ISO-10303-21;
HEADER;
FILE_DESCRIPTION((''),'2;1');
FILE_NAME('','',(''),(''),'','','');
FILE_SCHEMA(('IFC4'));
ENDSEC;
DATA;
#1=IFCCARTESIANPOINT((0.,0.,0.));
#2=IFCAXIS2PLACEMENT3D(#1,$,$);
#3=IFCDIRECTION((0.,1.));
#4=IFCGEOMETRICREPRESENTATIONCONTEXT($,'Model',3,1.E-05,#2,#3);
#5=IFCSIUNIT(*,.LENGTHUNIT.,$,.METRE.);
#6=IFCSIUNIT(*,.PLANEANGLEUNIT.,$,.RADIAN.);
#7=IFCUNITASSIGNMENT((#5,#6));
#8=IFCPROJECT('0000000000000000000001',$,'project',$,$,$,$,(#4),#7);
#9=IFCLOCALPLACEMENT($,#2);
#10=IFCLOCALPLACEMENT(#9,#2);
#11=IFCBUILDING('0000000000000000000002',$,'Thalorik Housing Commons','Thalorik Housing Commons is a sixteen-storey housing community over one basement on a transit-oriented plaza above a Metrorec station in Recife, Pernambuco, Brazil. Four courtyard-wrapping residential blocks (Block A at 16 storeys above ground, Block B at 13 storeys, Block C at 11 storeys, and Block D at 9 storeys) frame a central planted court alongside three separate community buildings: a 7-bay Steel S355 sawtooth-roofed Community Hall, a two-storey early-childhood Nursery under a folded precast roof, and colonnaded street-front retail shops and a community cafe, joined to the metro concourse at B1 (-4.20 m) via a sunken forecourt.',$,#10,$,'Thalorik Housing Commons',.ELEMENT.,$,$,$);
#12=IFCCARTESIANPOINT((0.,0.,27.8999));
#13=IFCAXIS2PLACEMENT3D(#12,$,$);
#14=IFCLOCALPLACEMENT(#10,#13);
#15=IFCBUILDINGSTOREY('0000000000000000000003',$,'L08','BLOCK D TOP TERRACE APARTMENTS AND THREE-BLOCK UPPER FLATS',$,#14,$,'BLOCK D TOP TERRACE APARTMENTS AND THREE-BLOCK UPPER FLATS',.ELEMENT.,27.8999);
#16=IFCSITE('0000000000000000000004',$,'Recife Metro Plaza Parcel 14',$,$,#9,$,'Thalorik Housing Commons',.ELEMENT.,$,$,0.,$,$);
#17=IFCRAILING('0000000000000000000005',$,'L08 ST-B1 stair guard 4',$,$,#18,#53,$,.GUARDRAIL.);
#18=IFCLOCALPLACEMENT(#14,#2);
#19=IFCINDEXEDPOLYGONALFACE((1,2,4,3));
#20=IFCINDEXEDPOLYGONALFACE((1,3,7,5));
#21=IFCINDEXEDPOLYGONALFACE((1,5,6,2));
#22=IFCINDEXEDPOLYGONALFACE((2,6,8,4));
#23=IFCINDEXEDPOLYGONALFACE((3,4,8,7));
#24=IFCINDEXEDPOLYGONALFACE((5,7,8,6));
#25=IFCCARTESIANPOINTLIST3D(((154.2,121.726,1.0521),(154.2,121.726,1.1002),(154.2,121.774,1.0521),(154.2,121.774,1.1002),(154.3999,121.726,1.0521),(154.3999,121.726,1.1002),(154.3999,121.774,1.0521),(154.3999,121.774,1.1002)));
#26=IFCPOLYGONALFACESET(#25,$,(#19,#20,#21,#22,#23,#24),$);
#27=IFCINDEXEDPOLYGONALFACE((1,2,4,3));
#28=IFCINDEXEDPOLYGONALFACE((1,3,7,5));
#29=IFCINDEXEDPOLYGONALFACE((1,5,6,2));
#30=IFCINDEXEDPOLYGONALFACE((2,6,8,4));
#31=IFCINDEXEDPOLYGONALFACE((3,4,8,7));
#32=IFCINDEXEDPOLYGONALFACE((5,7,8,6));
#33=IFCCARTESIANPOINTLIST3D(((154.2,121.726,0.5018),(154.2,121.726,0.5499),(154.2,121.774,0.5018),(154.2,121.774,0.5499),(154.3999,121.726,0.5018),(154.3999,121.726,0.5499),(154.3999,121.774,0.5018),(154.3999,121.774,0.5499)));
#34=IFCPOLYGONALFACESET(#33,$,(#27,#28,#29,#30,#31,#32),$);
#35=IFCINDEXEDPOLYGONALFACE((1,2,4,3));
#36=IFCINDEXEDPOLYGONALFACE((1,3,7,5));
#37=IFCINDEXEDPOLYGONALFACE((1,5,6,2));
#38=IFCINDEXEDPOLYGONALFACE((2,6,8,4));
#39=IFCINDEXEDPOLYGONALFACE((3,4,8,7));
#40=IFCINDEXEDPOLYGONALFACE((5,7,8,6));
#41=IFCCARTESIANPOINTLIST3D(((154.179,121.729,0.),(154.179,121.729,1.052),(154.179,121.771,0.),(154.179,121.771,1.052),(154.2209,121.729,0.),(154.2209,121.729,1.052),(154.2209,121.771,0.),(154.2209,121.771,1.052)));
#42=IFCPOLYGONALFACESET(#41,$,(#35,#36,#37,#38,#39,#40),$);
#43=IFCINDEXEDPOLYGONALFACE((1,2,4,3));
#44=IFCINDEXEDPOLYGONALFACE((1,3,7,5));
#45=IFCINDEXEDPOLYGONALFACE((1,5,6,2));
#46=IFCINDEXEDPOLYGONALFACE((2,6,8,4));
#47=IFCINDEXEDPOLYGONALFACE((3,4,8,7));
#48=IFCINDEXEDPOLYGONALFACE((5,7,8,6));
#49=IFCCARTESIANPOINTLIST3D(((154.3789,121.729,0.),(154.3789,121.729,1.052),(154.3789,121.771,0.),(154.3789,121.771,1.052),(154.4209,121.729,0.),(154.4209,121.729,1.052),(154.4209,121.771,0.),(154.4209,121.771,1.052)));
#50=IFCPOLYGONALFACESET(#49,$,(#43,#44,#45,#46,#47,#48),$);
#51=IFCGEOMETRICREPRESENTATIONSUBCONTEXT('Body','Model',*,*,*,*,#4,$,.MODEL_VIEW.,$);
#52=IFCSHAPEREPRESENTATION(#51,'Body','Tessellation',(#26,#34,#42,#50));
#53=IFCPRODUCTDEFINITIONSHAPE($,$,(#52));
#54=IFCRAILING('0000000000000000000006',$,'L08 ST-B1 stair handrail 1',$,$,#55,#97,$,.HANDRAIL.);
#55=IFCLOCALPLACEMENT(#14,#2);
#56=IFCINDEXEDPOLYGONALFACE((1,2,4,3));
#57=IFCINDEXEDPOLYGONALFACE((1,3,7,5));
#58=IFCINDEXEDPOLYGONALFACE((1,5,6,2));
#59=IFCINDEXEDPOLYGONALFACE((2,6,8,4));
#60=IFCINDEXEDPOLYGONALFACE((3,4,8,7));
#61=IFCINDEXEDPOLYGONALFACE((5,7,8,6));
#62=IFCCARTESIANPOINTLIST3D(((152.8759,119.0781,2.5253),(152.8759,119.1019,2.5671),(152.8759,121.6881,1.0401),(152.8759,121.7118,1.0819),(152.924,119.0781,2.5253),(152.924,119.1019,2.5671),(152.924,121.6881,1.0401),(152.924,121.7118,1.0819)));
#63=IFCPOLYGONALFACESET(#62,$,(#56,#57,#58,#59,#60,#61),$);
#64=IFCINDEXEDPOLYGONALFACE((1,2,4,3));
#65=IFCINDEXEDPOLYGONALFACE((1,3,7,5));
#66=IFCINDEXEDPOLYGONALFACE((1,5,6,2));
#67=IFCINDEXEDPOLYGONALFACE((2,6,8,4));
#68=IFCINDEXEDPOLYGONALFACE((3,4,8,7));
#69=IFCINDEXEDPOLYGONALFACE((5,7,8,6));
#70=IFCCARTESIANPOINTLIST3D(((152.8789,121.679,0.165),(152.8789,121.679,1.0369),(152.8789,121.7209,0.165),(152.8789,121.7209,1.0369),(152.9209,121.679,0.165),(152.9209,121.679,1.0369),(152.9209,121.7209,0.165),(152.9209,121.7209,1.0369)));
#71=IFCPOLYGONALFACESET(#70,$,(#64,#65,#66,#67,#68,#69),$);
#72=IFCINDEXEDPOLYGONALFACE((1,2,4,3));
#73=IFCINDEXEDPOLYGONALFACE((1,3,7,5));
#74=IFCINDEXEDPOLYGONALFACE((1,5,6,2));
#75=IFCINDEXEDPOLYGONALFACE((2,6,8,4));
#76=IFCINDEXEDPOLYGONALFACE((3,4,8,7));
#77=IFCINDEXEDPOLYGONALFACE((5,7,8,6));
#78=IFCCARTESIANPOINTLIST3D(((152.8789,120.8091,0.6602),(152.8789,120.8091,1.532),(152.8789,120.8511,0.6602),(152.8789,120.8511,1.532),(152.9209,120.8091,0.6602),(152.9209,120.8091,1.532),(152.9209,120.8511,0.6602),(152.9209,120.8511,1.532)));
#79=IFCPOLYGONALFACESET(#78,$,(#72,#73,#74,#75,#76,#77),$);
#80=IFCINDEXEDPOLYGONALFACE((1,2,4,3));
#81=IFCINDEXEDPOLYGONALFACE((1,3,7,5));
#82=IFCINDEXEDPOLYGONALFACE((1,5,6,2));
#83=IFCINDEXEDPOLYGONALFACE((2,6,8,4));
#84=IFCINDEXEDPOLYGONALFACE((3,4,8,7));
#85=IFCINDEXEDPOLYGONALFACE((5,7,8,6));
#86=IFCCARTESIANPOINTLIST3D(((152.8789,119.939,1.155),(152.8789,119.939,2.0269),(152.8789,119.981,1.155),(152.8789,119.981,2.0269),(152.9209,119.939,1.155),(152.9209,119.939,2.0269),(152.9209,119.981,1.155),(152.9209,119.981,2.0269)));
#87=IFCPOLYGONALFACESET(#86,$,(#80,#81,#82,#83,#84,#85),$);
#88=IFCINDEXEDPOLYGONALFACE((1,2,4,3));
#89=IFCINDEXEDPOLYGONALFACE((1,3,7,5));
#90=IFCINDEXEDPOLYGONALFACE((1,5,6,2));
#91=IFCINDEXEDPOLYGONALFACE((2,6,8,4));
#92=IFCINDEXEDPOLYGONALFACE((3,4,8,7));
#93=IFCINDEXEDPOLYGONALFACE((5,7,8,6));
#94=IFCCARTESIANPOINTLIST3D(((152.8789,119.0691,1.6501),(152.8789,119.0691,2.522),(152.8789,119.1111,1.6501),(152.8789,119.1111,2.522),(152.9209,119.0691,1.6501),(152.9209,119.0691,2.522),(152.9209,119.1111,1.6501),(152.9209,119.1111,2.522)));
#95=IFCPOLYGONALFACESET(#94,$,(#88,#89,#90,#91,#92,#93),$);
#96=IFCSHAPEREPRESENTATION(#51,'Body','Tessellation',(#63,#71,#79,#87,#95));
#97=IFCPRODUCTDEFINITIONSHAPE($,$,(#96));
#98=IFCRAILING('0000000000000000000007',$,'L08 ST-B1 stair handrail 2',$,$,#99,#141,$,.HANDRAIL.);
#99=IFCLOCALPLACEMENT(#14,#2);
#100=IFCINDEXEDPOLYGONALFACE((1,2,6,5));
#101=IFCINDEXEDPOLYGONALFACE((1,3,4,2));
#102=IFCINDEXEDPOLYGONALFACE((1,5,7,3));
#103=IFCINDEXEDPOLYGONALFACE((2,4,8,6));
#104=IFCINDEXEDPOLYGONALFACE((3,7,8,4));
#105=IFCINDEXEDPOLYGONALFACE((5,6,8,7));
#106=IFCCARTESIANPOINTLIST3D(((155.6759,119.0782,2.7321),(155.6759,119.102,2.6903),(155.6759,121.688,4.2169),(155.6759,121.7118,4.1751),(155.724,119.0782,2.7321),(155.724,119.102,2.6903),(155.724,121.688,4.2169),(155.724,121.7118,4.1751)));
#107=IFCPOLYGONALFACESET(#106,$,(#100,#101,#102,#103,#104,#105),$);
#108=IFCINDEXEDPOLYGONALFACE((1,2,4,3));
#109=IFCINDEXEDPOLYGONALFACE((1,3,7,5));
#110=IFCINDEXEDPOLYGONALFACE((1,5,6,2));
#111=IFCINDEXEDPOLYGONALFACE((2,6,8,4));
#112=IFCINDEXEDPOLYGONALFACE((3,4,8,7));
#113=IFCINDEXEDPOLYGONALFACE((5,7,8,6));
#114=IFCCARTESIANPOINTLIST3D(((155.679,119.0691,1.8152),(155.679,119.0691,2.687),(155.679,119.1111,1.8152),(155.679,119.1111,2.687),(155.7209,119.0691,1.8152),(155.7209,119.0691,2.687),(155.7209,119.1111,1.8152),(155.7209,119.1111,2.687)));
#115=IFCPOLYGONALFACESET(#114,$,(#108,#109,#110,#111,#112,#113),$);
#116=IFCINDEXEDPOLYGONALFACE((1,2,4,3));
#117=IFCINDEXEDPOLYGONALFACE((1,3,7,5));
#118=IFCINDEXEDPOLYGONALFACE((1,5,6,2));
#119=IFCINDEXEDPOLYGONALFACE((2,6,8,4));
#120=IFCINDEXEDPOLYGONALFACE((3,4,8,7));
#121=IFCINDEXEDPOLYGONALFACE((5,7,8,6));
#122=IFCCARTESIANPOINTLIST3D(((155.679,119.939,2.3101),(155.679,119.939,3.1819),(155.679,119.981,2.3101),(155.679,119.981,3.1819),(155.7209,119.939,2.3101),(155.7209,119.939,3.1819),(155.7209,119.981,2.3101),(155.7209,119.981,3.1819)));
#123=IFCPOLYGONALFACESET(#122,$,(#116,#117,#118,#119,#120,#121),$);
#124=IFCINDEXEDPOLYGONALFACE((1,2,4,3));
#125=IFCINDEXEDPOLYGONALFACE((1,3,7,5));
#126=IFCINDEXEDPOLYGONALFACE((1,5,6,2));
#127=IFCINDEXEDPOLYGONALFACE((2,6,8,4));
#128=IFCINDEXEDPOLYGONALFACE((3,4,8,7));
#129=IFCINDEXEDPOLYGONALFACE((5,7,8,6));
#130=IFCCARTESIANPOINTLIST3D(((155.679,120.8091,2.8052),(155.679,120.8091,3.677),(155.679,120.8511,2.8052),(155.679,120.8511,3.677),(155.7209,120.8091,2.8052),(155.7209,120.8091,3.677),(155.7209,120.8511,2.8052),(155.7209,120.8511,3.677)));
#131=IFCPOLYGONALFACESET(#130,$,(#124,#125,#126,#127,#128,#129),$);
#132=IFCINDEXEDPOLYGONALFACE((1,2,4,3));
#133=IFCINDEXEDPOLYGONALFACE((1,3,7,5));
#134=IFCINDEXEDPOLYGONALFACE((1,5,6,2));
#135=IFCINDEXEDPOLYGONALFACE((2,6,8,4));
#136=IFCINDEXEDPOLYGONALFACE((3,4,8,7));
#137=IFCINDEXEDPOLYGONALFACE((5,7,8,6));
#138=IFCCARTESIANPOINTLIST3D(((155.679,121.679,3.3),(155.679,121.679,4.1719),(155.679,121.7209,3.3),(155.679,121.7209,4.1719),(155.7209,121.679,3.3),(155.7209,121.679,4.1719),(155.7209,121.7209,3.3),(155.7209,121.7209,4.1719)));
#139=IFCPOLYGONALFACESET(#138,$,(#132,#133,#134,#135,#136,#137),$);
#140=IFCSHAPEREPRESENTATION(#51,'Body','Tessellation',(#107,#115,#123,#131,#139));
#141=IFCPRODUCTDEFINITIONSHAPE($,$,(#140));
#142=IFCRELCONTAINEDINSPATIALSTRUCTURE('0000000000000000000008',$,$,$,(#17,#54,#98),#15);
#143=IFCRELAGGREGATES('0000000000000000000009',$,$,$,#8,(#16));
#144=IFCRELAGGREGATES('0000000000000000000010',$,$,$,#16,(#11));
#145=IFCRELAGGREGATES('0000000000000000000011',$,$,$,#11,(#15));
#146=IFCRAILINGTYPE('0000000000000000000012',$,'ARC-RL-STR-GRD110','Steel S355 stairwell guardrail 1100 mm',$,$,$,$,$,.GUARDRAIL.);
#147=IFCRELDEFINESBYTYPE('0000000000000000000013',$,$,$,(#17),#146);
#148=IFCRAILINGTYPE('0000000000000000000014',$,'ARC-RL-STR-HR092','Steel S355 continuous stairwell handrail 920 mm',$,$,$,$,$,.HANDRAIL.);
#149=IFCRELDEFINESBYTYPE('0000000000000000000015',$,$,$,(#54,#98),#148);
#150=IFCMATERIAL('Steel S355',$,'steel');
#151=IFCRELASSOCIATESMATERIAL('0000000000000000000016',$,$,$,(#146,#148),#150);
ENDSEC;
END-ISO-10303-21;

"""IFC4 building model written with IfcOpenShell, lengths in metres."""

from ifc_helpers import new_model, si_unit, direction, frame, origin, origin_2d, place, context, subcontext, project, spatial, rectangle, extrude, material, type_object, element, save


model = new_model("IFC4")

# Units and contexts
model_context = context("Model", 3, precision=1e-05, world=origin(), true_north=direction((0.0, 1.0)))
body_context = subcontext(model_context, "Body", "Model", "MODEL_VIEW")
ifc_project = project(units=[si_unit("LENGTHUNIT", "METRE"), si_unit("PLANEANGLEUNIT", "RADIAN")], contexts=[model_context])

# Site, building, storey
site_placement = place(None, origin())
site = spatial("IfcSite", under=ifc_project, at=site_placement, Name="Recife Metro Plaza Parcel 14", LongName="Thalorik Housing Commons", CompositionType="ELEMENT", RefElevation=0.0)
building_placement = place(site_placement, origin())
building = spatial("IfcBuilding", under=site, at=building_placement, Name="Thalorik Housing Commons", Description="Thalorik Housing Commons is a sixteen-storey housing community over one basement on a transit-oriented plaza above a Metrorec station in Recife, Pernambuco, Brazil. Four courtyard-wrapping residential blocks (Block A at 16 storeys above ground, Block B at 13 storeys, Block C at 11 storeys, and Block D at 9 storeys) frame a central planted court alongside three separate community buildings: a 7-bay Steel S355 sawtooth-roofed Community Hall, a two-storey early-childhood Nursery under a folded precast roof, and colonnaded street-front retail shops and a community cafe, joined to the metro concourse at B1 (-4.20 m) via a sunken forecourt.", LongName="Thalorik Housing Commons", CompositionType="ELEMENT")
storey_placement = place(building_placement, frame((0.0, 0.0, 27.8999)))
storey = spatial("IfcBuildingStorey", under=building, at=storey_placement, Name="L08", Description="BLOCK D TOP TERRACE APARTMENTS AND THREE-BLOCK UPPER FLATS", LongName="BLOCK D TOP TERRACE APARTMENTS AND THREE-BLOCK UPPER FLATS", CompositionType="ELEMENT", Elevation=27.8999)

# Shared definitions
ifc_material_1 = material(Name="Steel S355", Category="steel")

# Railings
railing_type_1 = type_object("IfcRailingType", Name="ARC-RL-STR-GRD110", Description="Steel S355 stairwell guardrail 1100 mm", PredefinedType="GUARDRAIL", material=ifc_material_1)
railing_1_placement = place(storey_placement, frame((154.2, 121.75, 0.0)))
element("IfcRailing", 1, at=railing_1_placement, inside=storey, type_object=railing_type_1, Name="L08 ST-B1 stair guard 4", PredefinedType="GUARDRAIL", context=body_context, shape_type="SweptSolid", body=[
    extrude(rectangle(XDim=0.0481, YDim=0.0481, at=origin_2d()), frame((0.0, 0.0, 1.0762), z_axis=(1.0, 0.0, 0.0), x_axis=(0.0, 1.0, 0.0)), (0.0, 0.0, 1.0), 0.2),
    extrude(rectangle(XDim=0.0481, YDim=0.0481, at=origin_2d()), frame((0.0, 0.0, 0.5259), z_axis=(1.0, 0.0, 0.0), x_axis=(0.0, 1.0, 0.0)), (0.0, 0.0, 1.0), 0.2),
    extrude(rectangle(XDim=0.042, YDim=0.042, at=origin_2d()), origin(), (0.0, 0.0, 1.0), 1.052),
    extrude(rectangle(XDim=0.042, YDim=0.042, at=origin_2d()), frame((0.2, 0.0, 0.0)), (0.0, 0.0, 1.0), 1.052),
])
railing_type_2 = type_object("IfcRailingType", Name="ARC-RL-STR-HR092", Description="Steel S355 continuous stairwell handrail 920 mm", PredefinedType="HANDRAIL", material=ifc_material_1)
railing_2_placement = place(storey_placement, frame((152.8999, 121.7, 0.165)))
element("IfcRailing", 2, at=railing_2_placement, inside=storey, type_object=railing_type_2, Name="L08 ST-B1 stair handrail 1", PredefinedType="HANDRAIL", context=body_context, shape_type="SweptSolid", body=[
    extrude(rectangle(XDim=0.0481, YDim=0.0481, at=origin_2d()), frame((0.0, 0.0, 0.896), z_axis=(0.0, -0.869137, 0.494571), x_axis=(1.0, 0.0, 0.0)), (0.0, 0.0, 1.0), 3.0029),
    extrude(rectangle(XDim=0.042, YDim=0.042, at=origin_2d()), origin(), (0.0, 0.0, 1.0), 0.8718),
    extrude(rectangle(XDim=0.042, YDim=0.042, at=origin_2d()), frame((0.0, -0.8699, 0.4951)), (0.0, 0.0, 1.0), 0.8718),
    extrude(rectangle(XDim=0.042, YDim=0.042, at=origin_2d()), frame((0.0, -1.74, 0.99)), (0.0, 0.0, 1.0), 0.8718),
    extrude(rectangle(XDim=0.042, YDim=0.042, at=origin_2d()), frame((0.0, -2.6099, 1.4851)), (0.0, 0.0, 1.0), 0.8718),
])
railing_3_placement = place(storey_placement, frame((155.7, 119.0901, 1.8152)))
element("IfcRailing", 3, at=railing_3_placement, inside=storey, type_object=railing_type_2, Name="L08 ST-B1 stair handrail 2", PredefinedType="HANDRAIL", context=body_context, shape_type="SweptSolid", body=[
    extrude(rectangle(XDim=0.0481, YDim=0.0481, at=origin_2d()), frame((0.0, 0.0, 0.896), z_axis=(0.0, 0.869172, 0.494509), x_axis=(-1.0, 0.0, 0.0)), (0.0, 0.0, 1.0), 3.0027),
    extrude(rectangle(XDim=0.042, YDim=0.042, at=origin_2d()), origin(), (0.0, 0.0, 1.0), 0.8718),
    extrude(rectangle(XDim=0.042, YDim=0.042, at=origin_2d()), frame((0.0, 0.8699, 0.4949)), (0.0, 0.0, 1.0), 0.8718),
    extrude(rectangle(XDim=0.042, YDim=0.042, at=origin_2d()), frame((0.0, 1.74, 0.99)), (0.0, 0.0, 1.0), 0.8718),
    extrude(rectangle(XDim=0.042, YDim=0.042, at=origin_2d()), frame((0.0, 2.6099, 1.4849)), (0.0, 0.0, 1.0), 0.8718),
])

save(model, "model.ifc")
